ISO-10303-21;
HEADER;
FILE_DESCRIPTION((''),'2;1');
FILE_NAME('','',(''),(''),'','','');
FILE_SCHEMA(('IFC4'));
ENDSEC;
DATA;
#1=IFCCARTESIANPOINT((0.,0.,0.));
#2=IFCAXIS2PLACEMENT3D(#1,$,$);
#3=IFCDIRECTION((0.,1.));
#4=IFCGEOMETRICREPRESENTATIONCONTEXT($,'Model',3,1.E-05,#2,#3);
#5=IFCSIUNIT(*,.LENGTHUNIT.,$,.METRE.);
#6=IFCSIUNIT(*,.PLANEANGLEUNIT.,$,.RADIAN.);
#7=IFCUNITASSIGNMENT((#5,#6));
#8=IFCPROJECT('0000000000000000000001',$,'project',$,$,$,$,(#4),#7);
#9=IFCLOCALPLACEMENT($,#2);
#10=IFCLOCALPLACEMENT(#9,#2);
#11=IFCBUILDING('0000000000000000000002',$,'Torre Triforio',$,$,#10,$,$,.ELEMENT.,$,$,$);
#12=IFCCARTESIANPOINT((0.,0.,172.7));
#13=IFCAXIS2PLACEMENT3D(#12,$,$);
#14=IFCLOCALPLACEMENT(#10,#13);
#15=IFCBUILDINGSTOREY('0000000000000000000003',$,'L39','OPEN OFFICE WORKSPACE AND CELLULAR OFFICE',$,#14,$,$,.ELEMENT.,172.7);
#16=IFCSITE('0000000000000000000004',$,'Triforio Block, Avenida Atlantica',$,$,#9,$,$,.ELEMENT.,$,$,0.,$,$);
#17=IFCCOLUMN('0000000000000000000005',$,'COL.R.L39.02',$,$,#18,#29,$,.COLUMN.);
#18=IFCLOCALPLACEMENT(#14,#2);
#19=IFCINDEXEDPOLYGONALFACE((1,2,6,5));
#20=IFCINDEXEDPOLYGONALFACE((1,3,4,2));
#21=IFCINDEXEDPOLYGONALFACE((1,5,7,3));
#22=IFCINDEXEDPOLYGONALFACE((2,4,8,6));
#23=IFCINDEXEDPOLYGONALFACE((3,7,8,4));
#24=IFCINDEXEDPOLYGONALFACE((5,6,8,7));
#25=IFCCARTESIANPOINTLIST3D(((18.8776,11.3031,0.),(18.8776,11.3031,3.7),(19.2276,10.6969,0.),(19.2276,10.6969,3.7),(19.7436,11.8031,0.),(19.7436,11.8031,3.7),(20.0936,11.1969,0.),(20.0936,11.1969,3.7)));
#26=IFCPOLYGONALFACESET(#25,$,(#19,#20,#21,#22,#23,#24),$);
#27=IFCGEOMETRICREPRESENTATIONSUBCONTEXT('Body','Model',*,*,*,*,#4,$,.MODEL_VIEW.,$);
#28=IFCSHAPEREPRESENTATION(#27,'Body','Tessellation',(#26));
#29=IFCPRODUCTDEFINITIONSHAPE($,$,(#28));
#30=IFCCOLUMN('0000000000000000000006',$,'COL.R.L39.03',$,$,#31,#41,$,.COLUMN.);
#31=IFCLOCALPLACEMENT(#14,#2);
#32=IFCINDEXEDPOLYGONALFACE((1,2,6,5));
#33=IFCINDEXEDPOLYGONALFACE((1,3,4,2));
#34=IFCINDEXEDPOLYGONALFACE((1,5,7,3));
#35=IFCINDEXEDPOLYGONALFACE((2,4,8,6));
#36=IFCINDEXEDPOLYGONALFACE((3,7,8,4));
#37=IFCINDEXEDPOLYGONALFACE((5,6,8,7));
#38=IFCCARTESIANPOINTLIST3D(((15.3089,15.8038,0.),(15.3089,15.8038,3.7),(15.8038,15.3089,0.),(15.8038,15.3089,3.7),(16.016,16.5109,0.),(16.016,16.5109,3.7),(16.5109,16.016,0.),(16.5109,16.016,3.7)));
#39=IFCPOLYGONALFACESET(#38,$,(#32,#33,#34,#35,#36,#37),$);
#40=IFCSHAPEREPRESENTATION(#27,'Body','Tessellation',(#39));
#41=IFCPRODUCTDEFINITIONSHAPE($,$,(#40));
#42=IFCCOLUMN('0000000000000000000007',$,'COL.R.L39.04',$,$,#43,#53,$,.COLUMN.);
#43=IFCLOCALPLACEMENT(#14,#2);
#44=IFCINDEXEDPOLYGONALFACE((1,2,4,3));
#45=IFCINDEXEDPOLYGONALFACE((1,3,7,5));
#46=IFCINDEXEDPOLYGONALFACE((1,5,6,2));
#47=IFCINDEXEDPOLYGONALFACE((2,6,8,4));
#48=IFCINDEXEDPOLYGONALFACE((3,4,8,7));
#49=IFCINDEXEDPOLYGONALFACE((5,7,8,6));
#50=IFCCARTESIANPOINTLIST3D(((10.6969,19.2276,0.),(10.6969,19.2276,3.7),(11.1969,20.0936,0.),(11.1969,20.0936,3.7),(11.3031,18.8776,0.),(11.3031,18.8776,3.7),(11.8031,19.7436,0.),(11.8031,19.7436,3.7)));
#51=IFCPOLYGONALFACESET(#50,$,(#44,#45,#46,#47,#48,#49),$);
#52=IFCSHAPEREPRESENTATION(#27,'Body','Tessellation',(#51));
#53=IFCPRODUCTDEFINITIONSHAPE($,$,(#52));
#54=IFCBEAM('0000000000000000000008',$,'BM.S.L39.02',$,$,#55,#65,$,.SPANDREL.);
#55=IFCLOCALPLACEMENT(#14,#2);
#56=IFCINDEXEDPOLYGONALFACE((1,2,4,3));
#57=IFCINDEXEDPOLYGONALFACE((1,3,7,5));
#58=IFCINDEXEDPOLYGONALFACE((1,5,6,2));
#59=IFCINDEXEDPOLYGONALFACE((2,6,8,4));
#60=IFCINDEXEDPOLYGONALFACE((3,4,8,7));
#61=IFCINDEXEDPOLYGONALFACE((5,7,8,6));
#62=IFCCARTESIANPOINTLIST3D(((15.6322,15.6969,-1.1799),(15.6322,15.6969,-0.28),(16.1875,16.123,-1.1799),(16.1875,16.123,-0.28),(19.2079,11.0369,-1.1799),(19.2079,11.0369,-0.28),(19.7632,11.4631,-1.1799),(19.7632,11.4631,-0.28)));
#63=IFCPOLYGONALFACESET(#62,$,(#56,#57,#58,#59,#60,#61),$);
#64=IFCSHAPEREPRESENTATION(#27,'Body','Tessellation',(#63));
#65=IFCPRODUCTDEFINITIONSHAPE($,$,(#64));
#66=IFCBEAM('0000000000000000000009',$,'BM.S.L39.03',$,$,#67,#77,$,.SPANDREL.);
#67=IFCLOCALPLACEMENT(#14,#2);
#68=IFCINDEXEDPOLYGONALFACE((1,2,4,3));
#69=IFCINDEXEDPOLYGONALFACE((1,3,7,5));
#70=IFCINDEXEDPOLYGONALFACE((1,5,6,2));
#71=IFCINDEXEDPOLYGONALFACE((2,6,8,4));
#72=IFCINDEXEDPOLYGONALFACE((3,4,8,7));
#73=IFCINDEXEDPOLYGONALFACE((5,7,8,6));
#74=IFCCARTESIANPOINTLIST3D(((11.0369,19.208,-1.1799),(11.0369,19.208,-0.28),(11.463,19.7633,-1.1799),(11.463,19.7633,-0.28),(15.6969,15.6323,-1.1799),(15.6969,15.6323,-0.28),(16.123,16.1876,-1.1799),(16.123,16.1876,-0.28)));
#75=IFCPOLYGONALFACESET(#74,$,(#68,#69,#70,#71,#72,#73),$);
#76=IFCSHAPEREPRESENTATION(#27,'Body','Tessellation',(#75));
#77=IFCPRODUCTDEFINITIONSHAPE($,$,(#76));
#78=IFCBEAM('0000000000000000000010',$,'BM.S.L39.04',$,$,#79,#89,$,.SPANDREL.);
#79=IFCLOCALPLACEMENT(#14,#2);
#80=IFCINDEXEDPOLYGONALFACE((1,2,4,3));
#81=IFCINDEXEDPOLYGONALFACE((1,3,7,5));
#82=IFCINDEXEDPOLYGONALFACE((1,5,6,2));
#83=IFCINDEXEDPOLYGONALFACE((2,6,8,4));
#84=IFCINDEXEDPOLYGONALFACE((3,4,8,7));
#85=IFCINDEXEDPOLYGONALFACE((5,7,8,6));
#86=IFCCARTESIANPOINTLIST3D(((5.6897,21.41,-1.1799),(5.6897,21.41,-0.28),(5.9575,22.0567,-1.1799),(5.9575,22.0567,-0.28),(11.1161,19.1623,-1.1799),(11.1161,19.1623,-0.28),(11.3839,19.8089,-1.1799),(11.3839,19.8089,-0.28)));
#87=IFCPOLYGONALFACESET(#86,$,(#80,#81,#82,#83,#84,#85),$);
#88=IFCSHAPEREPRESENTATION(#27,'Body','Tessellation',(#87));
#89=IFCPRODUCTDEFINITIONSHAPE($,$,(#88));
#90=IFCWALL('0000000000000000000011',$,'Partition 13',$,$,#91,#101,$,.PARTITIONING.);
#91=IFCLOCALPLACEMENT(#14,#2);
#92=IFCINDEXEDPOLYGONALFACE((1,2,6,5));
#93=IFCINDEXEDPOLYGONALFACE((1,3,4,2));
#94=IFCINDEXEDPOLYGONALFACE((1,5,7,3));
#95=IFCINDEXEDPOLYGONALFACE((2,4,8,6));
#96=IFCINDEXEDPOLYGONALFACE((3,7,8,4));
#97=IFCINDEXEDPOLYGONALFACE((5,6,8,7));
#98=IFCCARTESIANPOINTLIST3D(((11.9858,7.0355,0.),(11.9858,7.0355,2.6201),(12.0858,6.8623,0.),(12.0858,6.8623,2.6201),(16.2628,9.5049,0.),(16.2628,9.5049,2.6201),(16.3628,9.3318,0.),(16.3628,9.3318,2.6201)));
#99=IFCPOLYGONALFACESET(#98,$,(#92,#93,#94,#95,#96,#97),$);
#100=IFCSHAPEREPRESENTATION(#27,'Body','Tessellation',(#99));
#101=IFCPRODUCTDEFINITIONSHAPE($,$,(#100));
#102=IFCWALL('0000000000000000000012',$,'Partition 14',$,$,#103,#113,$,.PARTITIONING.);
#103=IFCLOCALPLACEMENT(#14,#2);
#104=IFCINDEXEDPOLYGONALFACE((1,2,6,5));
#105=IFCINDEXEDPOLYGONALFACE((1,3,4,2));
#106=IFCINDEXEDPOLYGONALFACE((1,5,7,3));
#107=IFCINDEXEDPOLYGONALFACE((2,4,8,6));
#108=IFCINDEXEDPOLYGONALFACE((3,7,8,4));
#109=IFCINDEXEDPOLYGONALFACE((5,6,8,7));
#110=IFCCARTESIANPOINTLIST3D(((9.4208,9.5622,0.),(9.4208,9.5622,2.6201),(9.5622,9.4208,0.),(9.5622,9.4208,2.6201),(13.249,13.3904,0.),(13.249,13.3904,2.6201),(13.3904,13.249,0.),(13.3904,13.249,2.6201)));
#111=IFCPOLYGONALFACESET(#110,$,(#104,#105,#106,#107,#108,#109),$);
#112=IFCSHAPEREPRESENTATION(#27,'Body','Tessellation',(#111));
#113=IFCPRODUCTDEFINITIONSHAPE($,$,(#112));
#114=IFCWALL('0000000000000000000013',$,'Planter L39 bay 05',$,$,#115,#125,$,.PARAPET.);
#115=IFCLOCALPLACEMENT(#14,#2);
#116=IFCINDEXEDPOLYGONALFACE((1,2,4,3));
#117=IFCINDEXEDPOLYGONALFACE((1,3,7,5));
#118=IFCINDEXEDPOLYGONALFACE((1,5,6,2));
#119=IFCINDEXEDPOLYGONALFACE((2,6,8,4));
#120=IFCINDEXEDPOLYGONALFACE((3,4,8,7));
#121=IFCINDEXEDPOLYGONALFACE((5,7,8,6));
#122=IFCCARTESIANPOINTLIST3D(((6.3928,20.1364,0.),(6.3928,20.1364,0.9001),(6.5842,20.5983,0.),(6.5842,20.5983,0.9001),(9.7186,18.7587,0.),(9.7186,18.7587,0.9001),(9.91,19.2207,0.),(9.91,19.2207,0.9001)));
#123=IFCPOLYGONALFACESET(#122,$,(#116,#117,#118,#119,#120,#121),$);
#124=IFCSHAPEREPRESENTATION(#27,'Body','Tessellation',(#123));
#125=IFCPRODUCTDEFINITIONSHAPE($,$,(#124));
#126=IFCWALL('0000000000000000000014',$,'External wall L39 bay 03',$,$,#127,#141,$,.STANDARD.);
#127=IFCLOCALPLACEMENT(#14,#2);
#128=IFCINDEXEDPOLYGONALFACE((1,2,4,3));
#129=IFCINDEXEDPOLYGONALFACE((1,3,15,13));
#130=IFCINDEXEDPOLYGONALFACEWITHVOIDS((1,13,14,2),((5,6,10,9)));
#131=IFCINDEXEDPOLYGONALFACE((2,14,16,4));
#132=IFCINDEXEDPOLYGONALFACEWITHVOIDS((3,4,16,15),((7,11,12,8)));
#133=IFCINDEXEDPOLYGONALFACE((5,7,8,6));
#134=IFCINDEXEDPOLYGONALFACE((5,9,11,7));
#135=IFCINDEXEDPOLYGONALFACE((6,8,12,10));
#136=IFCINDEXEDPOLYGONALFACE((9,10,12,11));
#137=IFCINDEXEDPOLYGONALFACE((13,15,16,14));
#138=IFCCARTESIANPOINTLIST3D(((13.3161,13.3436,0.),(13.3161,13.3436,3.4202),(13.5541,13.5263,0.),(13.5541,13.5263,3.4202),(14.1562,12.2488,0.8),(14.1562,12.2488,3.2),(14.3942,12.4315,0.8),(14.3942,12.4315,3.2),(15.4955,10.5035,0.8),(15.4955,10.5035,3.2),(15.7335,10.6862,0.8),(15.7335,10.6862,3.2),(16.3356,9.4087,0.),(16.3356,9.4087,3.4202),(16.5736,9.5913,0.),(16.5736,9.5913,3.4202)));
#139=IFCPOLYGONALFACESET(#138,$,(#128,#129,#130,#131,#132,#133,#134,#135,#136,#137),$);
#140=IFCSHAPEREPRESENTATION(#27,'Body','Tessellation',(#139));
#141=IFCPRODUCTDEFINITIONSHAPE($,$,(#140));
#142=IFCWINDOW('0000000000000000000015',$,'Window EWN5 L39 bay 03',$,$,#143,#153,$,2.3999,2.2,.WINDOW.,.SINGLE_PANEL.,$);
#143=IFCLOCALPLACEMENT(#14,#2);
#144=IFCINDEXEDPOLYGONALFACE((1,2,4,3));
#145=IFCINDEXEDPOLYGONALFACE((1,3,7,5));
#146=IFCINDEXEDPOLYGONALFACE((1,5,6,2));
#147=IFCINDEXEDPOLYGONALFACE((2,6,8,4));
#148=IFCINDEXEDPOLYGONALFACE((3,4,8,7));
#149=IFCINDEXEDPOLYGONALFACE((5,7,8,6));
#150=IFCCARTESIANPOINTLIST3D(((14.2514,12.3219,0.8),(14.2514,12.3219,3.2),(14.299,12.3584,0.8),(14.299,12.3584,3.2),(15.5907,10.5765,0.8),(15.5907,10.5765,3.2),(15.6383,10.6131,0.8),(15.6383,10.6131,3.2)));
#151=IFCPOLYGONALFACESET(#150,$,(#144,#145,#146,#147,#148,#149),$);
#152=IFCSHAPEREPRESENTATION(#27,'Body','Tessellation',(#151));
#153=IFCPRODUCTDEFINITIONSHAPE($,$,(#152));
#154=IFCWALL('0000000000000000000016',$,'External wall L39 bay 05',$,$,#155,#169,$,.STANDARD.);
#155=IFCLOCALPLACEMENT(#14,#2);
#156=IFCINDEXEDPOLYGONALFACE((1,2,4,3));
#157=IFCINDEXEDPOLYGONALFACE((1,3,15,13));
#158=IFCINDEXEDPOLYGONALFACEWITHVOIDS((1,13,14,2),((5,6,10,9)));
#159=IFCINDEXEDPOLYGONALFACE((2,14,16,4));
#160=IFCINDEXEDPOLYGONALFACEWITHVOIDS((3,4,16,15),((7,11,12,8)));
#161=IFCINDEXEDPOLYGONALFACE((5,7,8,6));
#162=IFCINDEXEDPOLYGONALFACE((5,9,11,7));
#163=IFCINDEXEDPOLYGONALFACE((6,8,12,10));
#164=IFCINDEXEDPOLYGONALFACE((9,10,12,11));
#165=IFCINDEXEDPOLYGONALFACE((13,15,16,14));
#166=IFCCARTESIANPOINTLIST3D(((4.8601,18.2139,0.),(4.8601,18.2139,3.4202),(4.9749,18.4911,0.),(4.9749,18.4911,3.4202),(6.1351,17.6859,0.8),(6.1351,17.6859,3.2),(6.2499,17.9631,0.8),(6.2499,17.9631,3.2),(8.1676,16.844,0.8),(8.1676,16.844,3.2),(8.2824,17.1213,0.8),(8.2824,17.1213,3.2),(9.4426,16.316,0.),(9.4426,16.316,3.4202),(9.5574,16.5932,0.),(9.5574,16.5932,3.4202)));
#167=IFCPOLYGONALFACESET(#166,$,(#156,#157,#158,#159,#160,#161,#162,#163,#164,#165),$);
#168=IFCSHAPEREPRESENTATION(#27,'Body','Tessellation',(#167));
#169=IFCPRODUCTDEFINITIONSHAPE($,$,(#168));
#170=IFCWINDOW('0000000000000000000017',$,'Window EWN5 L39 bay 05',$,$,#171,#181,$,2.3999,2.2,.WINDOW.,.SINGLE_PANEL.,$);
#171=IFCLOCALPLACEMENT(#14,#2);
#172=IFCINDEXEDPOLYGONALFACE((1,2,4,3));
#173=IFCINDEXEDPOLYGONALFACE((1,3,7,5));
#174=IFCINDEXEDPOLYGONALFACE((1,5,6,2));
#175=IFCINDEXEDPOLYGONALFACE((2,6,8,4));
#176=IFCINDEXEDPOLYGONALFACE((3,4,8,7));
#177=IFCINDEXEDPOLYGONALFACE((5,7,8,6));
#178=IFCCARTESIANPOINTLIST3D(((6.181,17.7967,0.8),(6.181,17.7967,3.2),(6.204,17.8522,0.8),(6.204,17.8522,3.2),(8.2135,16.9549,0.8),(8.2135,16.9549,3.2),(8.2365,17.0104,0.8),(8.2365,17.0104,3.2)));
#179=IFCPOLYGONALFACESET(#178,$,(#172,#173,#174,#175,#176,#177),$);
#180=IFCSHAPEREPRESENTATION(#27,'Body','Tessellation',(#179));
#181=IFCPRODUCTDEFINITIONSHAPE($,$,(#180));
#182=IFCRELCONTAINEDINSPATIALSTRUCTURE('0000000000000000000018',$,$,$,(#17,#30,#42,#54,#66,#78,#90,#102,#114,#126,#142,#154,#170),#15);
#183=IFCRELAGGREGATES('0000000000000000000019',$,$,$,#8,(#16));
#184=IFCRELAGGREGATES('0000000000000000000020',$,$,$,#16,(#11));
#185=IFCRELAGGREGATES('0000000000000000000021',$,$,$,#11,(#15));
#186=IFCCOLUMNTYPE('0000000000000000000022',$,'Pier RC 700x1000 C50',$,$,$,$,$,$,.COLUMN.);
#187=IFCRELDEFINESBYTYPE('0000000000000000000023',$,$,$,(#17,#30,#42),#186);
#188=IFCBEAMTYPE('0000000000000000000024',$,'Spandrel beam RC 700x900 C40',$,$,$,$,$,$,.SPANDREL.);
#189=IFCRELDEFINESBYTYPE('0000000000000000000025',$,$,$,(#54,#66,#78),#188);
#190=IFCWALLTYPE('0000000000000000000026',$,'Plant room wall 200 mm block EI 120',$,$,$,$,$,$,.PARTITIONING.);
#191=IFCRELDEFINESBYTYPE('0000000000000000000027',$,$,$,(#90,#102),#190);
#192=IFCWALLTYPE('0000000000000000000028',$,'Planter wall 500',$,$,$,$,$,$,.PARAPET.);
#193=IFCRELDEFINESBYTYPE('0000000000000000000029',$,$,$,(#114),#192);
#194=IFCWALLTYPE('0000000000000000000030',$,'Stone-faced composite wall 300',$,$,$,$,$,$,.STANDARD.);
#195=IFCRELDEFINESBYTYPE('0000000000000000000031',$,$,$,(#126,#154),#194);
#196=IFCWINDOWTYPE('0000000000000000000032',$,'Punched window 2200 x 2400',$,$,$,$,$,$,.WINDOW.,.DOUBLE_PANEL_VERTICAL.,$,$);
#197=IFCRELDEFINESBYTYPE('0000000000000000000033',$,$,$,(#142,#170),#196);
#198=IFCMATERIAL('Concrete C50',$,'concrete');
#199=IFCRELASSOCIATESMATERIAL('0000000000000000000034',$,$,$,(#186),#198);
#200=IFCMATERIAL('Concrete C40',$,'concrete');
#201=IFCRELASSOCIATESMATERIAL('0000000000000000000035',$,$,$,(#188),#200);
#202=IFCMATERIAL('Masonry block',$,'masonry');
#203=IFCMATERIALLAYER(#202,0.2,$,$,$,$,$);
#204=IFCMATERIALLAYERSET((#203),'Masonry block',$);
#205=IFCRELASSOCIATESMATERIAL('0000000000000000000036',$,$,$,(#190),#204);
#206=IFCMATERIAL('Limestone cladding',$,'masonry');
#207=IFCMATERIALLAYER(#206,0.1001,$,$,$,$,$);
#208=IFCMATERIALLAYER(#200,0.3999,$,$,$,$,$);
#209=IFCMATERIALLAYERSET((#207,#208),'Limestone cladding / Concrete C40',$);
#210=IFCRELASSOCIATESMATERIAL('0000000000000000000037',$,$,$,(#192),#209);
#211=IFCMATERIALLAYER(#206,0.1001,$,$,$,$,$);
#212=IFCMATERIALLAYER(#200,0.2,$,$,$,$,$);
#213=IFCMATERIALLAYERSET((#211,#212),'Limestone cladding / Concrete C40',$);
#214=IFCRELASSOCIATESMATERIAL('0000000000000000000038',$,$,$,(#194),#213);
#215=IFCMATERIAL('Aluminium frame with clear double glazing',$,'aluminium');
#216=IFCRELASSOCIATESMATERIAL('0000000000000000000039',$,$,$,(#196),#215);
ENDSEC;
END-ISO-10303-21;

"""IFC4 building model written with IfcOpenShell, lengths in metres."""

from ifc_helpers import new_model, si_unit, direction, frame, frame_2d, origin, origin_2d, place, context, subcontext, project, spatial, rectangle, extrude, material, layer, layer_set, material_profile, profile_set, type_object, element, fill, save


model = new_model("IFC4")

# Units and contexts
model_context = context("Model", 3, precision=1e-05, world=origin(), true_north=direction((0.0, 1.0)))
body_context = subcontext(model_context, "Body", "Model", "MODEL_VIEW")
ifc_project = project(units=[si_unit("LENGTHUNIT", "METRE"), si_unit("PLANEANGLEUNIT", "RADIAN")], contexts=[model_context])

# Site, building, storey
site_placement = place(None, origin())
site = spatial("IfcSite", under=ifc_project, at=site_placement, Name="Triforio Block, Avenida Atlantica", CompositionType="ELEMENT", RefElevation=0.0)
building_placement = place(site_placement, origin())
building = spatial("IfcBuilding", under=site, at=building_placement, Name="Torre Triforio", CompositionType="ELEMENT")
storey_placement = place(building_placement, frame((0.0, 0.0, 172.7)))
storey = spatial("IfcBuildingStorey", under=building, at=storey_placement, Name="L39", Description="OPEN OFFICE WORKSPACE AND CELLULAR OFFICE", CompositionType="ELEMENT", Elevation=172.7)

# Columns
ifc_material_1 = material(Name="Concrete C50", Category="concrete")
ifc_material_profile_1 = material_profile(ifc_material_1, rectangle(XDim=0.7, YDim=1.0, at=origin_2d()), Name="RC 700x1000")
ifc_profile_set_1 = profile_set([ifc_material_profile_1], Name="Concrete C50")
column_type = type_object("IfcColumnType", Name="Pier RC 700x1000 C50", PredefinedType="COLUMN", material=ifc_profile_set_1)
for number, where, z_axis, x_axis, name in (
    (1, (19.4856, 11.25, 0.0), (0.0, 0.0, 1.0), (-0.5, 0.866025, 0.0), "COL.R.L39.02"),
    (2, (15.9099, 15.9099, 0.0), (0.0, 0.0, 1.0), (-0.707107, 0.707107, 0.0), "COL.R.L39.03"),
    (3, (11.25, 19.4856, 0.0), (0.0, 0.0, 1.0), (-0.866025, 0.5, 0.0), "COL.R.L39.04"),
):
    element("IfcColumn", number, at=place(storey_placement, frame(where, z_axis=z_axis, x_axis=x_axis)), inside=storey, type_object=column_type, Name=name, PredefinedType="COLUMN", context=body_context, shape_type="SweptSolid", body=[
        extrude(rectangle(XDim=0.7, YDim=1.0, at=origin_2d()), origin(), (0.0, 0.0, 1.0), 3.7),
    ])

# Beams
ifc_material_2 = material(Name="Concrete C40", Category="concrete")
ifc_material_profile_2 = material_profile(ifc_material_2, rectangle(XDim=0.7, YDim=0.8999, at=origin_2d()), Name="RC 700x900")
ifc_profile_set_2 = profile_set([ifc_material_profile_2], Name="Concrete C40")
beam_type = type_object("IfcBeamType", Name="Spandrel beam RC 700x900 C40", PredefinedType="SPANDREL", material=ifc_profile_set_2)
for number, where, z_axis, x_axis, name in (
    (4, (19.4856, 11.25, -0.73), (-0.608762, 0.793353, 0.0), (-0.793353, -0.608762, 0.0), "BM.S.L39.02"),
    (5, (15.9099, 15.9099, -0.73), (-0.793353, 0.608762, 0.0), (-0.608762, -0.793353, 0.0), "BM.S.L39.03"),
):
    element("IfcBeam", number, at=place(storey_placement, frame(where, z_axis=z_axis, x_axis=x_axis)), inside=storey, type_object=beam_type, Name=name, PredefinedType="SPANDREL", context=body_context, shape_type="SweptSolid", body=[
        extrude(rectangle(XDim=0.7, YDim=0.8999, at=origin_2d()), origin(), (0.0, 0.0, 1.0), 5.8738),
    ])
beam_placement = place(storey_placement, frame((11.25, 19.4856, -0.73), z_axis=(-0.923875, 0.382693, 0.0), x_axis=(-0.382693, -0.923875, 0.0)))
element("IfcBeam", 6, at=beam_placement, inside=storey, type_object=beam_type, Name="BM.S.L39.04", PredefinedType="SPANDREL", context=body_context, shape_type="SweptSolid", body=[
    extrude(rectangle(XDim=0.7, YDim=0.8999, at=origin_2d()), origin(), (0.0, 0.0, 1.0), 5.8735),
])

# Walls
ifc_material_3 = material(Name="Masonry block", Category="masonry")
ifc_layer_1 = layer(ifc_material_3, 0.2)
ifc_layer_set_1 = layer_set([ifc_layer_1], Name="Masonry block")
wall_type_1 = type_object("IfcWallType", Name="Plant room wall 200 mm block EI 120", PredefinedType="PARTITIONING", material=ifc_layer_set_1)
wall_1_placement = place(storey_placement, frame((12.0359, 6.949, 0.0), z_axis=(0.0, 0.0, 1.0), x_axis=(0.866017, 0.500015, 0.0)))
element("IfcWall", 7, at=wall_1_placement, inside=storey, type_object=wall_type_1, Name="Partition 13", PredefinedType="PARTITIONING", context=body_context, shape_type="SweptSolid", body=[
    extrude(rectangle(XDim=4.9387, YDim=0.2, at=frame_2d((2.4692, 0.0))), origin(), (0.0, 0.0, 1.0), 2.6201),
])
wall_2_placement = place(storey_placement, frame((9.4915, 9.4915, 0.0), z_axis=(0.0, 0.0, 1.0), x_axis=(0.707107, 0.707107, 0.0)))
element("IfcWall", 8, at=wall_2_placement, inside=storey, type_object=wall_type_1, Name="Partition 14", PredefinedType="PARTITIONING", context=body_context, shape_type="SweptSolid", body=[
    extrude(rectangle(XDim=5.4138, YDim=0.2, at=frame_2d((2.707, 0.0))), origin(), (0.0, 0.0, 1.0), 2.6201),
])
ifc_material_4 = material(Name="Limestone cladding", Category="masonry")
ifc_layer_2 = layer(ifc_material_4, 0.1001)
ifc_layer_3 = layer(ifc_material_2, 0.3999)
ifc_layer_set_2 = layer_set([ifc_layer_2, ifc_layer_3], Name="Limestone cladding / Concrete C40")
wall_type_2 = type_object("IfcWallType", Name="Planter wall 500", PredefinedType="PARAPET", material=ifc_layer_set_2)
wall_3_placement = place(storey_placement, frame((9.8142, 18.9897, 0.0), z_axis=(0.0, 0.0, 1.0), x_axis=(-0.923875, 0.382693, 0.0)))
element("IfcWall", 9, at=wall_3_placement, inside=storey, type_object=wall_type_2, Name="Planter L39 bay 05", PredefinedType="PARAPET", context=body_context, shape_type="SweptSolid", body=[
    extrude(rectangle(XDim=3.5999, YDim=0.5, at=frame_2d((1.7998, 0.0))), origin(), (0.0, 0.0, 1.0), 0.9001),
])

# Wall, opening, window
ifc_layer_4 = layer(ifc_material_4, 0.1001)
ifc_layer_5 = layer(ifc_material_2, 0.2)
ifc_layer_set_3 = layer_set([ifc_layer_4, ifc_layer_5], Name="Limestone cladding / Concrete C40")
wall_type_3 = type_object("IfcWallType", Name="Stone-faced composite wall 300", PredefinedType="STANDARD", material=ifc_layer_set_3)
wall_4_placement = place(storey_placement, frame((16.4546, 9.5, 0.0), z_axis=(0.0, 0.0, 1.0), x_axis=(-0.608768, 0.793348, 0.0)))
wall_4 = element("IfcWall", 10, at=wall_4_placement, inside=storey, type_object=wall_type_3, Name="External wall L39 bay 03", PredefinedType="STANDARD", context=body_context, shape_type="SweptSolid", body=[
    extrude(rectangle(XDim=4.96, YDim=0.3, at=frame_2d((2.48, 0.0))), origin(), (0.0, 0.0, 1.0), 3.4202),
])
opening_1_placement = place(wall_4_placement, frame((1.3799, 0.0, 0.8)))
opening_1 = element("IfcOpeningElement", 11, at=opening_1_placement, cuts=wall_4, PredefinedType="OPENING", context=body_context, shape_type="SweptSolid", body=[
    extrude(rectangle(XDim=2.2, YDim=2.3999, at=frame_2d((1.1001, 1.2))), frame((0.0, 0.1599, 0.0), z_axis=(0.0, -1.0, 0.0), x_axis=(1.0, 0.0, 0.0)), (0.0, 0.0, 1.0), 0.3201),
])
ifc_material_5 = material(Name="Aluminium frame with clear double glazing", Category="aluminium")
window_type_1 = type_object("IfcWindowType", Name="Punched window 2200 x 2400", PartitioningType="DOUBLE_PANEL_VERTICAL", PredefinedType="WINDOW", material=ifc_material_5)
window_1_placement = place(opening_1_placement, origin())
window_1 = element("IfcWindow", 12, at=window_1_placement, inside=storey, type_object=window_type_1, Name="Window EWN5 L39 bay 03", OverallHeight=2.3999, OverallWidth=2.2, PartitioningType="SINGLE_PANEL", PredefinedType="WINDOW", context=body_context, shape_type="SweptSolid", body=[
    extrude(rectangle(XDim=2.2, YDim=2.3999, at=frame_2d((1.1001, 1.2))), frame((0.0, 0.03, 0.0), z_axis=(0.0, -1.0, 0.0), x_axis=(1.0, 0.0, 0.0)), (0.0, 0.0, 1.0), 0.0601),
])
fill(opening_1, window_1)

# Wall, opening, window
wall_5_placement = place(storey_placement, frame((9.5, 16.4546, 0.0), z_axis=(0.0, 0.0, 1.0), x_axis=(-0.923893, 0.38265, 0.0)))
wall_5 = element("IfcWall", 13, at=wall_5_placement, inside=storey, type_object=wall_type_3, Name="External wall L39 bay 05", PredefinedType="STANDARD", context=body_context, shape_type="SweptSolid", body=[
    extrude(rectangle(XDim=4.96, YDim=0.3, at=frame_2d((2.48, 0.0))), origin(), (0.0, 0.0, 1.0), 3.4202),
])
opening_2_placement = place(wall_5_placement, frame((1.3799, 0.0, 0.8)))
opening_2 = element("IfcOpeningElement", 14, at=opening_2_placement, cuts=wall_5, PredefinedType="OPENING", context=body_context, shape_type="SweptSolid", body=[
    extrude(rectangle(XDim=2.2, YDim=2.3999, at=frame_2d((1.1001, 1.2))), frame((0.0, 0.1599, 0.0), z_axis=(0.0, -1.0, 0.0), x_axis=(1.0, 0.0, 0.0)), (0.0, 0.0, 1.0), 0.3201),
])
window_2_placement = place(opening_2_placement, origin())
window_2 = element("IfcWindow", 15, at=window_2_placement, inside=storey, type_object=window_type_1, Name="Window EWN5 L39 bay 05", OverallHeight=2.3999, OverallWidth=2.2, PartitioningType="SINGLE_PANEL", PredefinedType="WINDOW", context=body_context, shape_type="SweptSolid", body=[
    extrude(rectangle(XDim=2.2, YDim=2.3999, at=frame_2d((1.1001, 1.2))), frame((0.0, 0.03, 0.0), z_axis=(0.0, -1.0, 0.0), x_axis=(1.0, 0.0, 0.0)), (0.0, 0.0, 1.0), 0.0601),
])
fill(opening_2, window_2)

save(model, "model.ifc")
